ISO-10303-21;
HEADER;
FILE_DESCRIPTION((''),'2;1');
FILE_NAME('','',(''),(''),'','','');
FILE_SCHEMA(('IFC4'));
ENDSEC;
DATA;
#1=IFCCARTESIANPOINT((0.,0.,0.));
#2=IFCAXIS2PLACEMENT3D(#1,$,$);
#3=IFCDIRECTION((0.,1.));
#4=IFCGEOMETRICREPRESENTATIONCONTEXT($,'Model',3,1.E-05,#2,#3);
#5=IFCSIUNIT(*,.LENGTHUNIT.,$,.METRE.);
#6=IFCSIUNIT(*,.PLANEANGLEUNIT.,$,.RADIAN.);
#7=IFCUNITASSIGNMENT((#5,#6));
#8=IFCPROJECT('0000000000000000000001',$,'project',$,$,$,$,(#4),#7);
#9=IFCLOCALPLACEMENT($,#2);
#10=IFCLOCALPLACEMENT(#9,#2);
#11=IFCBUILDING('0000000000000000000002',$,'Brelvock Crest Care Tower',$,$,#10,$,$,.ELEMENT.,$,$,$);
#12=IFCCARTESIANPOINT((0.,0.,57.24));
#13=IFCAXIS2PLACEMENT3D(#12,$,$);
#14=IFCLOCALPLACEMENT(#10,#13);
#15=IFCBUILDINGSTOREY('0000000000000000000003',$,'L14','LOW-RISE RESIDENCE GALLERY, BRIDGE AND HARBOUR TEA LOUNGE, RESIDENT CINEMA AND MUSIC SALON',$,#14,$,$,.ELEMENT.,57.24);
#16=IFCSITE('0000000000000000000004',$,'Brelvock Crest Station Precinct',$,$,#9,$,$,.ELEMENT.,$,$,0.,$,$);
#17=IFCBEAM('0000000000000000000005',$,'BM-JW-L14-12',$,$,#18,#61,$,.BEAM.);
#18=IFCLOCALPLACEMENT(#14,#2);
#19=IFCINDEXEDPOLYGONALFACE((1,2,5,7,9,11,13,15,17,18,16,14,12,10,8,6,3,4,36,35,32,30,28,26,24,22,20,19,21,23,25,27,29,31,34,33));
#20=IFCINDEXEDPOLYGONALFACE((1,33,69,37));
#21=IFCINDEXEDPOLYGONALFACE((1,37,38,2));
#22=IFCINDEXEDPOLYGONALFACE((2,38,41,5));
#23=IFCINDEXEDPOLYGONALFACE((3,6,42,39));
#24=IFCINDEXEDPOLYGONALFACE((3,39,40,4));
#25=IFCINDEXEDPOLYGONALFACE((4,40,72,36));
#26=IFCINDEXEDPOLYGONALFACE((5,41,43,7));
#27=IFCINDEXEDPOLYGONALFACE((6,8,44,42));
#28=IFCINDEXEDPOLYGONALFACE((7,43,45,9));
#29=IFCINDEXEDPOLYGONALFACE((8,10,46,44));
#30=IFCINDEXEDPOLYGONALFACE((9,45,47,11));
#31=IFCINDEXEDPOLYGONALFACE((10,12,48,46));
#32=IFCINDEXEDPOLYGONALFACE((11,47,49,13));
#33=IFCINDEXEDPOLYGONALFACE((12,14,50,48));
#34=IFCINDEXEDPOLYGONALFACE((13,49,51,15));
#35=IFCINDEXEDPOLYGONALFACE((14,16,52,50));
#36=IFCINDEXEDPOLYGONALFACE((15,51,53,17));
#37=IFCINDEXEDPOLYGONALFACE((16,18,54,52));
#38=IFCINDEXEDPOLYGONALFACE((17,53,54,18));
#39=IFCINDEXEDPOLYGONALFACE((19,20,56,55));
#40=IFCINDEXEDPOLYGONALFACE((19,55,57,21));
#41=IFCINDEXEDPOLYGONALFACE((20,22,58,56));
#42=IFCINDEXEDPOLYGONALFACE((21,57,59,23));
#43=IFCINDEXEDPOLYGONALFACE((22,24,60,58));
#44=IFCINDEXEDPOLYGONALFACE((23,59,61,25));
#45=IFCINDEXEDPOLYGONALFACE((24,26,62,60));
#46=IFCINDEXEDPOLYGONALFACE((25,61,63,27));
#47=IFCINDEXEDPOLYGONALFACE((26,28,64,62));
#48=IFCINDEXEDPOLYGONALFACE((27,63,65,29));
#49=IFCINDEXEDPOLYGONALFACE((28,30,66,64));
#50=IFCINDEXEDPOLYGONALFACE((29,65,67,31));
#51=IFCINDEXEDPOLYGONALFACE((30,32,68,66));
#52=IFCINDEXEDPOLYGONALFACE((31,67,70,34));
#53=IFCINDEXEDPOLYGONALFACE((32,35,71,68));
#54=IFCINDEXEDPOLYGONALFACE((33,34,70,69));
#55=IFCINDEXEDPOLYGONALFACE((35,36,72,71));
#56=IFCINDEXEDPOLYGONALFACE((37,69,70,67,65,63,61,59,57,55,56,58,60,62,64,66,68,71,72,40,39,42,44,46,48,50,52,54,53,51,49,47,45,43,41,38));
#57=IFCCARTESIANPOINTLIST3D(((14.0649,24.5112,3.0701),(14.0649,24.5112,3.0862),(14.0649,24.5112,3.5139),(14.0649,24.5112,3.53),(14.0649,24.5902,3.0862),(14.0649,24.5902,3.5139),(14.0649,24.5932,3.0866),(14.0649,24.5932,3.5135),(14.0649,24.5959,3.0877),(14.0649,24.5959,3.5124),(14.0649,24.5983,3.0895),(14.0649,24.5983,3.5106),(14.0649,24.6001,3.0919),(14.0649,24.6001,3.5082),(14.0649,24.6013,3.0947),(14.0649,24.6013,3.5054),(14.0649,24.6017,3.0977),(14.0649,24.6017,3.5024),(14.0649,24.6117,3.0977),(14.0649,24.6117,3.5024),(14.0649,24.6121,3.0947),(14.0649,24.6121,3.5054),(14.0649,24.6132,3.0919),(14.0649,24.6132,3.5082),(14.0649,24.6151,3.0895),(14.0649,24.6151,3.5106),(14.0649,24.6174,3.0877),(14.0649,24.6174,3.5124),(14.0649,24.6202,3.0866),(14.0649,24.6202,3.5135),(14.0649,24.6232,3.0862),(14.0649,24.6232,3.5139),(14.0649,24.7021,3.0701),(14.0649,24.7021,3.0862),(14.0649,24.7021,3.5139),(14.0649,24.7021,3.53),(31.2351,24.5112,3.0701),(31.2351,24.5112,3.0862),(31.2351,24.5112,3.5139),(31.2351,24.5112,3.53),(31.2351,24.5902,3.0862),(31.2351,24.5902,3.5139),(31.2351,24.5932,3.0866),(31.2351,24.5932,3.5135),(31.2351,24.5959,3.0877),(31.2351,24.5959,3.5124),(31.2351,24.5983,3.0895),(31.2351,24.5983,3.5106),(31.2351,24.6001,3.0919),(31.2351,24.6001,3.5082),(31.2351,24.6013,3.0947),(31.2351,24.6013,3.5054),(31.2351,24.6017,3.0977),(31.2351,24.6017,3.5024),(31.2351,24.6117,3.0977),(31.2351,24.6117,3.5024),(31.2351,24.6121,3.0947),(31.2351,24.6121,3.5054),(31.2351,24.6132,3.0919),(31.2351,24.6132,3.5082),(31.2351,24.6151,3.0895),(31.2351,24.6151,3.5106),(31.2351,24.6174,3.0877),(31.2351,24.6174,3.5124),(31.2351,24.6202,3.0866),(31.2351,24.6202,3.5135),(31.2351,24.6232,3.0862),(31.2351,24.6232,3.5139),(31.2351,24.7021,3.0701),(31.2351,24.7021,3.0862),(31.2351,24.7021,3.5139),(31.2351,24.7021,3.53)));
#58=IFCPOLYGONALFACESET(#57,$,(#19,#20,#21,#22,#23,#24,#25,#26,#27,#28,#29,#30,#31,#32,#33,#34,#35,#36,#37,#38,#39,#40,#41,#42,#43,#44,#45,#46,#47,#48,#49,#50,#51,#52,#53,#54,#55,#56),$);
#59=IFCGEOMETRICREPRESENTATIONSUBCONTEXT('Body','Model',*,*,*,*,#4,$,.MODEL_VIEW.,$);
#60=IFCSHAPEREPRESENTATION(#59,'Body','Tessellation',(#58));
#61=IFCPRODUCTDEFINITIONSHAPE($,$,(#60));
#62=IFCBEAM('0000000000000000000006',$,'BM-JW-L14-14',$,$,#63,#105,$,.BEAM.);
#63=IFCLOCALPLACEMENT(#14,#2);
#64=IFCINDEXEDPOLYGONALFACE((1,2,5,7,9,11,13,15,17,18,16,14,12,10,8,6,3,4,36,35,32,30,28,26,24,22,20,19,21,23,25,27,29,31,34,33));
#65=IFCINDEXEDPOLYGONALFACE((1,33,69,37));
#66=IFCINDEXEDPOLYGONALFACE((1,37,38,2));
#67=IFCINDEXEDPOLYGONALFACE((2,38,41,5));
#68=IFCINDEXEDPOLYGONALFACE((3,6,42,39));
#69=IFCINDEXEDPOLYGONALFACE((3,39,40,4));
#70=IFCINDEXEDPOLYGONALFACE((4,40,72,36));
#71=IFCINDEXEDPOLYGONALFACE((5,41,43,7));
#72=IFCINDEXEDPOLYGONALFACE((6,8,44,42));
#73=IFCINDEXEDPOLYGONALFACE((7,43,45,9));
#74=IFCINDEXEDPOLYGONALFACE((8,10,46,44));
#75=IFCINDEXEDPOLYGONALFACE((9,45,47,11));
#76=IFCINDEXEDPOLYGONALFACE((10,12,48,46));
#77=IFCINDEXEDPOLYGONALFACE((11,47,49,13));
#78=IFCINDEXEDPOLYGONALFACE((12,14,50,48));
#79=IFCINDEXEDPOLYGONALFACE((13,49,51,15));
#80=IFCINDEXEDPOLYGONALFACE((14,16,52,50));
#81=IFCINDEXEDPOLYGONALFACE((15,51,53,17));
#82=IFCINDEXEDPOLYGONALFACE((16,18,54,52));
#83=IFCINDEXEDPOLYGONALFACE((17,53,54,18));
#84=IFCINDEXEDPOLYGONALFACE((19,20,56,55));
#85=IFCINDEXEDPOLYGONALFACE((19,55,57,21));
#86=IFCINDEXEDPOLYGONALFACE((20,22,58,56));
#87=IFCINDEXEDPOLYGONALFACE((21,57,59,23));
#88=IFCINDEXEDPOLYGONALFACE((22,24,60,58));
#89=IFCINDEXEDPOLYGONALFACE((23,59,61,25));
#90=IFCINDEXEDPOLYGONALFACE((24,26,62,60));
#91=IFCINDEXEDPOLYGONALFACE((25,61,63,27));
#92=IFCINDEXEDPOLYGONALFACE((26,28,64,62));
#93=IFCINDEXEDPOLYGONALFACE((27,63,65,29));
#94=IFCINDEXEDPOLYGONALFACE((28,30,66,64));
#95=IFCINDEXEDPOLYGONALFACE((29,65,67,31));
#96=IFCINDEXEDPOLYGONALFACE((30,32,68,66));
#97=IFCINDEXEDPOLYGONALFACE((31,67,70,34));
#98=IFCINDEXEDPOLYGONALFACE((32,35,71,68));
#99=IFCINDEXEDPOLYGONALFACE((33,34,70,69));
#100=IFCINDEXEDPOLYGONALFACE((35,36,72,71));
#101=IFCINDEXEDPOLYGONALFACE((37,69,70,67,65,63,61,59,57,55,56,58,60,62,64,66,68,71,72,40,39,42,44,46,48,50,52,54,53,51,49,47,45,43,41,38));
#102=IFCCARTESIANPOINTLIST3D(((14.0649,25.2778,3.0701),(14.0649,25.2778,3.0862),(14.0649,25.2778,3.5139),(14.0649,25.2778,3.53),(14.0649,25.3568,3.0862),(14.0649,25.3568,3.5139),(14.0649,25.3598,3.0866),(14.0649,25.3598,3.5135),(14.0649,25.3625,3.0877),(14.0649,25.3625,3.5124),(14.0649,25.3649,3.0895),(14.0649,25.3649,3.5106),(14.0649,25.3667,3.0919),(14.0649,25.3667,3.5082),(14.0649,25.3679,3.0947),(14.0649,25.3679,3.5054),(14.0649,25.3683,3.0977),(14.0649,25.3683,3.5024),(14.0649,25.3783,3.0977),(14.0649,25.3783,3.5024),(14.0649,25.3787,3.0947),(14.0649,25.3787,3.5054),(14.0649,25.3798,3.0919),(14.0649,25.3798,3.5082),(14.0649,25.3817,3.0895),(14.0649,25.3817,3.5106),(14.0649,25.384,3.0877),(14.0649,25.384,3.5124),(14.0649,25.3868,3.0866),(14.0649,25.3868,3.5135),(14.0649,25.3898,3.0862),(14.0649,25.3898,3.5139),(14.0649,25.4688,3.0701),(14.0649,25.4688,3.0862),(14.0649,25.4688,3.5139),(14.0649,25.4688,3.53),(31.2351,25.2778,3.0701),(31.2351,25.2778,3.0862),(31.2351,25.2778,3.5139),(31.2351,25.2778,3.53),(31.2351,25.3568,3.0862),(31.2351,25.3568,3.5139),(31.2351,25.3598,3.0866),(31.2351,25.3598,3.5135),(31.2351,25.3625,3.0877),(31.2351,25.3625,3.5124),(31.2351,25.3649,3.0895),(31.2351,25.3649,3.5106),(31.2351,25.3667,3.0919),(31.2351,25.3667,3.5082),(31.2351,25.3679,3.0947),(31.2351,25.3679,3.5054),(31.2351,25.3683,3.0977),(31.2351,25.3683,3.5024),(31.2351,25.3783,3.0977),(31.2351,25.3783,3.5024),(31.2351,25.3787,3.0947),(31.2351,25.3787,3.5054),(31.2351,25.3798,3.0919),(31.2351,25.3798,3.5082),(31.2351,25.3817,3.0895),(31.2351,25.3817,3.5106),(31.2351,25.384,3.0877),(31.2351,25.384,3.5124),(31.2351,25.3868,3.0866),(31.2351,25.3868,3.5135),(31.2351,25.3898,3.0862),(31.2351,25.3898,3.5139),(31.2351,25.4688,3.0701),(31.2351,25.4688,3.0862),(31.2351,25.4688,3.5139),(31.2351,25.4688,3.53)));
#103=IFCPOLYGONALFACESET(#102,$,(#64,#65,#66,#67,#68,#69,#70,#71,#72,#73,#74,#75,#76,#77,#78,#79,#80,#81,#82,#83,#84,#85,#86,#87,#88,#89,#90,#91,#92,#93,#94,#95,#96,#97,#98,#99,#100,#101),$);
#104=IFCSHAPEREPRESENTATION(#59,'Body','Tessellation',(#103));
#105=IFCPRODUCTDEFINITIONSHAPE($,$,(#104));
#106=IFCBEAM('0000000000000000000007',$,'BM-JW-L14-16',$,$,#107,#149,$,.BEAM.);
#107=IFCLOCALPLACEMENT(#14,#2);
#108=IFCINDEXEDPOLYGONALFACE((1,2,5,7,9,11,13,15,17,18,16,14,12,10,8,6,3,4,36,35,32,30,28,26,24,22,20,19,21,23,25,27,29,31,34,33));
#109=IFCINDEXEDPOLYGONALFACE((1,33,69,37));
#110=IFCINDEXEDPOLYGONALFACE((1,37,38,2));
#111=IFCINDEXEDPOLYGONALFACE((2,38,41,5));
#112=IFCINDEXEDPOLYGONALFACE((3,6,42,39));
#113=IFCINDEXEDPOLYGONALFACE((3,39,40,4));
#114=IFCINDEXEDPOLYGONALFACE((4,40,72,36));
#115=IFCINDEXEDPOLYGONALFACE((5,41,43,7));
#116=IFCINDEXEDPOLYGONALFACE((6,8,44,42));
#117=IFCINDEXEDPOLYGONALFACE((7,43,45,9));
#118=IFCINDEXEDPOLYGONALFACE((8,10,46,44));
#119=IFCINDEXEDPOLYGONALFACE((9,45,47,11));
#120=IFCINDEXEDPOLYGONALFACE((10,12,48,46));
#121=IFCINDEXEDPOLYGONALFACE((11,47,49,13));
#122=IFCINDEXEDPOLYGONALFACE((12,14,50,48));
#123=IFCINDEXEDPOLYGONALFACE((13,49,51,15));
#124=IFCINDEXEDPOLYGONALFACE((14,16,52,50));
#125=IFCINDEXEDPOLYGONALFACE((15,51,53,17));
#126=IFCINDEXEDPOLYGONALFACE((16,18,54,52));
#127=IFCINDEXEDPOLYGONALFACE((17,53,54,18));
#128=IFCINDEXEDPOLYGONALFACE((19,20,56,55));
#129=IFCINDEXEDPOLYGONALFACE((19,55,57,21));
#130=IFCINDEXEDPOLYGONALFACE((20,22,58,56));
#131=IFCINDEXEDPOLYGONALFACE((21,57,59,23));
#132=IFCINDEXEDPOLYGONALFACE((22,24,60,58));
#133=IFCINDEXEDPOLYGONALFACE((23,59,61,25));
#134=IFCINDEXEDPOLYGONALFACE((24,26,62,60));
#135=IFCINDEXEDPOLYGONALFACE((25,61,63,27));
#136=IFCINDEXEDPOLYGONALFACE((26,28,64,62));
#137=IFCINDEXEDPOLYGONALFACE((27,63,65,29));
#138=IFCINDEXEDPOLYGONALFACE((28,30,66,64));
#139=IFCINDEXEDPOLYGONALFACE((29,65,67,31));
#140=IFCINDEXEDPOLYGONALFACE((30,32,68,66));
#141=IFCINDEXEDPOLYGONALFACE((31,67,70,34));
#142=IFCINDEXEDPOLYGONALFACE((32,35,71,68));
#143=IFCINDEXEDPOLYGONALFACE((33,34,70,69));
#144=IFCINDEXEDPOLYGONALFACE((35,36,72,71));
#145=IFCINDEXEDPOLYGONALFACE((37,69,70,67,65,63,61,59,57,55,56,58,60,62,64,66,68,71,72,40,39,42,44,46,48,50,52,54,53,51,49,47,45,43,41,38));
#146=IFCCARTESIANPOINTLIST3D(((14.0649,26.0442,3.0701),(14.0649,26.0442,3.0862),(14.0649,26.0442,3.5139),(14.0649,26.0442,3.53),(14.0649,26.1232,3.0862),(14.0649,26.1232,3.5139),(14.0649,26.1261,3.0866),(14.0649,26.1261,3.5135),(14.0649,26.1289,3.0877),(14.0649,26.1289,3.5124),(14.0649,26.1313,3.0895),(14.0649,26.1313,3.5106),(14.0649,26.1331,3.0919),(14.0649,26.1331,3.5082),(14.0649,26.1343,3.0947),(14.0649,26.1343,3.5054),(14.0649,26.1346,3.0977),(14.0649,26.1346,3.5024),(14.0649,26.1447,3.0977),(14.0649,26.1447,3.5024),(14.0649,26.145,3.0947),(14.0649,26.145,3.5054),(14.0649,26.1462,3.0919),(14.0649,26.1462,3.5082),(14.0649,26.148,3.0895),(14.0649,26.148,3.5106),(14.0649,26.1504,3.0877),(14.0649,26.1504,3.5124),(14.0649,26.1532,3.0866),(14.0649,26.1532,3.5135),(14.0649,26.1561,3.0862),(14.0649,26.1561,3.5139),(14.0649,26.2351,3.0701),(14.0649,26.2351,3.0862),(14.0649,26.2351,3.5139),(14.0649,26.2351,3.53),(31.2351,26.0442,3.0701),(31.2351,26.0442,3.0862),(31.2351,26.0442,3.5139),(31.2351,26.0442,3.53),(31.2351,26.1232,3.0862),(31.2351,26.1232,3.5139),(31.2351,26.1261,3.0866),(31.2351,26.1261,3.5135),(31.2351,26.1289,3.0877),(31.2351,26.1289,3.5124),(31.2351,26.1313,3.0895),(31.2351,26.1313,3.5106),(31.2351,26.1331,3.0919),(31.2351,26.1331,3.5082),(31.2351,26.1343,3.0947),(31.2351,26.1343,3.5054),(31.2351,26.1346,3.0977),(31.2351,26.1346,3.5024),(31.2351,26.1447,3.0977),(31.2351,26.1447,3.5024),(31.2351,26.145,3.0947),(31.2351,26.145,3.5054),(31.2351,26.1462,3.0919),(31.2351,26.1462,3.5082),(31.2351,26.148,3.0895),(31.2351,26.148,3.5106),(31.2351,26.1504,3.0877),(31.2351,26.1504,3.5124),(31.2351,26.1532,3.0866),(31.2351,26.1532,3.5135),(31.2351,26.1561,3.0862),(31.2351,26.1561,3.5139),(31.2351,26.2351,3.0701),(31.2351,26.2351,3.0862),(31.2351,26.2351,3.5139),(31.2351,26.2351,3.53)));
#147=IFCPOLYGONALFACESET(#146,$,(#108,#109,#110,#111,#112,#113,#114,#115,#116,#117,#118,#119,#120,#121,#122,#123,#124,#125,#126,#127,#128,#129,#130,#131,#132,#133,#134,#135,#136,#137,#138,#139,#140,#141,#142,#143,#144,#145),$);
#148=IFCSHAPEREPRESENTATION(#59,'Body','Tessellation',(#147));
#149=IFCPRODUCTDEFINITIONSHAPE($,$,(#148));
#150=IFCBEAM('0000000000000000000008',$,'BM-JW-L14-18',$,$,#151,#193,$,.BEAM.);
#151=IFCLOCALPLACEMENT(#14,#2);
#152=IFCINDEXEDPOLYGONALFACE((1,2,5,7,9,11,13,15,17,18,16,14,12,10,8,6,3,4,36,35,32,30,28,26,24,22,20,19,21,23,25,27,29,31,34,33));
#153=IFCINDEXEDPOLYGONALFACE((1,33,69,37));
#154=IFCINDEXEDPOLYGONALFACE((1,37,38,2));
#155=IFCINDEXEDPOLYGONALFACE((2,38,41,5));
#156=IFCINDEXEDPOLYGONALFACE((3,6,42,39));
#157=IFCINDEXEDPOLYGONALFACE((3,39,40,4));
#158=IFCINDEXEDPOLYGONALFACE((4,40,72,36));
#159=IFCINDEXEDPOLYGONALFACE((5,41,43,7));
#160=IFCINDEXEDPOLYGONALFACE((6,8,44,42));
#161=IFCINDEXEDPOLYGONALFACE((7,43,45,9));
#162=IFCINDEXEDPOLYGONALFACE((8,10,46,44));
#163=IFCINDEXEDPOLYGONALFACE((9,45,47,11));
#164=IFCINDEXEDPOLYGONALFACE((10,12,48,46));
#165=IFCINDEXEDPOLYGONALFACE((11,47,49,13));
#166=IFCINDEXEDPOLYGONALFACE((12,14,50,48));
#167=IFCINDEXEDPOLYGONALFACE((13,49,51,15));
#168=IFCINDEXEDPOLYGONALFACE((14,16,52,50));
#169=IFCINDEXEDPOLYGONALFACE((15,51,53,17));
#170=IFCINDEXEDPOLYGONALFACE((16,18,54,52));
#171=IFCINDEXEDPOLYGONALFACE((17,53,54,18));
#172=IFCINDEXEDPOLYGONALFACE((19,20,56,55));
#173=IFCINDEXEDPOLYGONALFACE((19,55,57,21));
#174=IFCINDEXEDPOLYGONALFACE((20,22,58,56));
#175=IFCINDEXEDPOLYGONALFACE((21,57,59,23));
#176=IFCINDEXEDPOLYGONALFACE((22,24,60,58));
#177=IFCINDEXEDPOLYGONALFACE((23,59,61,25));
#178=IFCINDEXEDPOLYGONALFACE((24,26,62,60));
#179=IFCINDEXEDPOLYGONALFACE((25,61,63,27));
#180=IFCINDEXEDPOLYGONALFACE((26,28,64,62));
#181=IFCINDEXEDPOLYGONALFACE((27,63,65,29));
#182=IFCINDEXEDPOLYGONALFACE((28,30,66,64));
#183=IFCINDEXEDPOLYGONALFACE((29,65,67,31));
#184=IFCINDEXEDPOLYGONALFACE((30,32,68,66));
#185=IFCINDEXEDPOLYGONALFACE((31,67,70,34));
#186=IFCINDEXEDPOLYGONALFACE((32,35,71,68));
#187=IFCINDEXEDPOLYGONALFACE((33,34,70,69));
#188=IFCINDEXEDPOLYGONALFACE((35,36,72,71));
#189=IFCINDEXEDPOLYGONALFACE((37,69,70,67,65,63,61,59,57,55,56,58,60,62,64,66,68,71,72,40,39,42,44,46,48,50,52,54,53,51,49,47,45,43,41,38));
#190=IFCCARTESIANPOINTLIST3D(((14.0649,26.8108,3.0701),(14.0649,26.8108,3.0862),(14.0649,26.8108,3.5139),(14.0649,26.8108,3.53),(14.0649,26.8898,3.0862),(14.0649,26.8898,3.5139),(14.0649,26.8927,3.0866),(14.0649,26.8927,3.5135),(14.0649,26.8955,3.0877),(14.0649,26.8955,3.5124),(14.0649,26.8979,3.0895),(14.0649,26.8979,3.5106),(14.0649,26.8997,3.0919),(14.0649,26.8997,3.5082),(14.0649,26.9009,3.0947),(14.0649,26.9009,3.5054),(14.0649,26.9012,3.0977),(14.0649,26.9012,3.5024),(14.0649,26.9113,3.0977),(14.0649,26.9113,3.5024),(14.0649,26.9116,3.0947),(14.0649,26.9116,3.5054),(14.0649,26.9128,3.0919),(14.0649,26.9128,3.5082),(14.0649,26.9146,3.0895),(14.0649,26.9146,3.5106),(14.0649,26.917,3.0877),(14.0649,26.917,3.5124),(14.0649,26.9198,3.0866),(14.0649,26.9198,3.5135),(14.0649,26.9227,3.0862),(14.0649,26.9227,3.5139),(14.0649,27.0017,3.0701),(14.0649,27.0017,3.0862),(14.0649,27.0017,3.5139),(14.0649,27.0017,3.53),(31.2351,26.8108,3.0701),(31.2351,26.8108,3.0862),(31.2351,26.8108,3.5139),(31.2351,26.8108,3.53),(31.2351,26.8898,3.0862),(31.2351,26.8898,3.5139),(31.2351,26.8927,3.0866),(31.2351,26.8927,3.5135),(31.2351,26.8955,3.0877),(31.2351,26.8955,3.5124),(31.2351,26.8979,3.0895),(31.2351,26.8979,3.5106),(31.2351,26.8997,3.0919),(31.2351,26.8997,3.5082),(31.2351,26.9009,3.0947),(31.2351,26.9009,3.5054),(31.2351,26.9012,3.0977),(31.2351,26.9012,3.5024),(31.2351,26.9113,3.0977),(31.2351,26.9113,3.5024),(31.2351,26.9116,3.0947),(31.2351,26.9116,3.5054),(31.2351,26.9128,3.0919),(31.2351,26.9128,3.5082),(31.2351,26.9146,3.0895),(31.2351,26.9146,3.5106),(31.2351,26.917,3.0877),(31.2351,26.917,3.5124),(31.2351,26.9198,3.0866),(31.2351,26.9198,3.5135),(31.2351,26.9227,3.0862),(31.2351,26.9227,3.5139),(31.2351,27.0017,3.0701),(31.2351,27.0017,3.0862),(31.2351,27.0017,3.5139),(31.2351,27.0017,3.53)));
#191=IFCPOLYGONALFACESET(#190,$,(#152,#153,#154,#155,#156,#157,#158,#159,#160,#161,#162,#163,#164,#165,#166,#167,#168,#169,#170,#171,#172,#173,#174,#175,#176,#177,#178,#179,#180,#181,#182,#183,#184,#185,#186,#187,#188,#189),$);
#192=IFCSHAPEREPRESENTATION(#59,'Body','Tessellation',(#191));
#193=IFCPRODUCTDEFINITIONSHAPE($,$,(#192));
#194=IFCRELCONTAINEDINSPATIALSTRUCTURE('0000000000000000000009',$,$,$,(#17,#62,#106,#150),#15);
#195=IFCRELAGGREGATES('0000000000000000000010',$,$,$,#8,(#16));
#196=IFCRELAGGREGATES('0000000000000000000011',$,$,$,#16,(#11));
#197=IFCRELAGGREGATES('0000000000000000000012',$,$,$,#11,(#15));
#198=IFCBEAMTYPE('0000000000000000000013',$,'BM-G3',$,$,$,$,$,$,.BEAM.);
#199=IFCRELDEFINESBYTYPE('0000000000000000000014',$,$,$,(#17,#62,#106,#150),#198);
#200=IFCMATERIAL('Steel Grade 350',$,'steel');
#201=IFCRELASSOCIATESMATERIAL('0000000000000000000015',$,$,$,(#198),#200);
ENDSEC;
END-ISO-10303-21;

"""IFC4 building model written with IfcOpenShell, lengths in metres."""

from ifc_helpers import new_model, si_unit, direction, frame, origin, origin_2d, place, context, subcontext, project, spatial, i_section, extrude, source, transform, mapped, material, material_profile, profile_set, type_object, element, save


model = new_model("IFC4")

# Units and contexts
model_context = context("Model", 3, precision=1e-05, world=origin(), true_north=direction((0.0, 1.0)))
body_context = subcontext(model_context, "Body", "Model", "MODEL_VIEW")
ifc_project = project(units=[si_unit("LENGTHUNIT", "METRE"), si_unit("PLANEANGLEUNIT", "RADIAN")], contexts=[model_context])

# Site, building, storey
site_placement = place(None, origin())
site = spatial("IfcSite", under=ifc_project, at=site_placement, Name="Brelvock Crest Station Precinct", CompositionType="ELEMENT", RefElevation=0.0)
building_placement = place(site_placement, origin())
building = spatial("IfcBuilding", under=site, at=building_placement, Name="Brelvock Crest Care Tower", CompositionType="ELEMENT")
storey_placement = place(building_placement, frame((0.0, 0.0, 57.24)))
storey = spatial("IfcBuildingStorey", under=building, at=storey_placement, Name="L14", Description="LOW-RISE RESIDENCE GALLERY, BRIDGE AND HARBOUR TEA LOUNGE, RESIDENT CINEMA AND MUSIC SALON", CompositionType="ELEMENT", Elevation=57.24)

# Beams
ifc_material_1 = material(Name="Steel Grade 350", Category="steel")
ifc_material_profile_1 = material_profile(ifc_material_1, i_section(OverallWidth=0.1909, OverallDepth=0.46, WebThickness=0.01, FlangeThickness=0.0161, FilletRadius=0.0115, at=origin_2d()), Name="460UB82.1")
ifc_profile_set_1 = profile_set([ifc_material_profile_1], Name="Steel Grade 350")
beam_type_1 = type_object("IfcBeamType", Name="BM-G3", PredefinedType="BEAM", material=ifc_profile_set_1)
shared_shape_1 = source(origin(), body_context, "Body", "SweptSolid", [
    extrude(i_section(OverallWidth=0.1909, OverallDepth=0.46, WebThickness=0.01, FlangeThickness=0.0161, FilletRadius=0.0115, at=origin_2d()), origin(), (0.0, 0.0, 1.0), 17.1702),
])
for number, where, z_axis, x_axis, name in (
    (1, (14.0649, 24.6067, 3.3), (1.0, 0.0, 0.0), (0.0, 1.0, 0.0), "BM-JW-L14-12"),
    (2, (14.0649, 25.3733, 3.3), (1.0, 0.0, 0.0), (0.0, 1.0, 0.0), "BM-JW-L14-14"),
    (3, (14.0649, 26.1396, 3.3), (1.0, 0.0, 0.0), (0.0, 1.0, 0.0), "BM-JW-L14-16"),
    (4, (14.0649, 26.9062, 3.3), (1.0, 0.0, 0.0), (0.0, 1.0, 0.0), "BM-JW-L14-18"),
):
    element("IfcBeam", number, at=place(storey_placement, frame(where, z_axis=z_axis, x_axis=x_axis)), inside=storey, type_object=beam_type_1, Name=name, PredefinedType="BEAM", context=body_context, shape_type="MappedRepresentation", body=[
        mapped(shared_shape_1, transform((0.0, 0.0, 0.0), x_axis=(1.0, 0.0, 0.0), y_axis=(0.0, 1.0, 0.0), z_axis=(0.0, 0.0, 1.0), scale=1.0)),
    ])

save(model, "model.ifc")
